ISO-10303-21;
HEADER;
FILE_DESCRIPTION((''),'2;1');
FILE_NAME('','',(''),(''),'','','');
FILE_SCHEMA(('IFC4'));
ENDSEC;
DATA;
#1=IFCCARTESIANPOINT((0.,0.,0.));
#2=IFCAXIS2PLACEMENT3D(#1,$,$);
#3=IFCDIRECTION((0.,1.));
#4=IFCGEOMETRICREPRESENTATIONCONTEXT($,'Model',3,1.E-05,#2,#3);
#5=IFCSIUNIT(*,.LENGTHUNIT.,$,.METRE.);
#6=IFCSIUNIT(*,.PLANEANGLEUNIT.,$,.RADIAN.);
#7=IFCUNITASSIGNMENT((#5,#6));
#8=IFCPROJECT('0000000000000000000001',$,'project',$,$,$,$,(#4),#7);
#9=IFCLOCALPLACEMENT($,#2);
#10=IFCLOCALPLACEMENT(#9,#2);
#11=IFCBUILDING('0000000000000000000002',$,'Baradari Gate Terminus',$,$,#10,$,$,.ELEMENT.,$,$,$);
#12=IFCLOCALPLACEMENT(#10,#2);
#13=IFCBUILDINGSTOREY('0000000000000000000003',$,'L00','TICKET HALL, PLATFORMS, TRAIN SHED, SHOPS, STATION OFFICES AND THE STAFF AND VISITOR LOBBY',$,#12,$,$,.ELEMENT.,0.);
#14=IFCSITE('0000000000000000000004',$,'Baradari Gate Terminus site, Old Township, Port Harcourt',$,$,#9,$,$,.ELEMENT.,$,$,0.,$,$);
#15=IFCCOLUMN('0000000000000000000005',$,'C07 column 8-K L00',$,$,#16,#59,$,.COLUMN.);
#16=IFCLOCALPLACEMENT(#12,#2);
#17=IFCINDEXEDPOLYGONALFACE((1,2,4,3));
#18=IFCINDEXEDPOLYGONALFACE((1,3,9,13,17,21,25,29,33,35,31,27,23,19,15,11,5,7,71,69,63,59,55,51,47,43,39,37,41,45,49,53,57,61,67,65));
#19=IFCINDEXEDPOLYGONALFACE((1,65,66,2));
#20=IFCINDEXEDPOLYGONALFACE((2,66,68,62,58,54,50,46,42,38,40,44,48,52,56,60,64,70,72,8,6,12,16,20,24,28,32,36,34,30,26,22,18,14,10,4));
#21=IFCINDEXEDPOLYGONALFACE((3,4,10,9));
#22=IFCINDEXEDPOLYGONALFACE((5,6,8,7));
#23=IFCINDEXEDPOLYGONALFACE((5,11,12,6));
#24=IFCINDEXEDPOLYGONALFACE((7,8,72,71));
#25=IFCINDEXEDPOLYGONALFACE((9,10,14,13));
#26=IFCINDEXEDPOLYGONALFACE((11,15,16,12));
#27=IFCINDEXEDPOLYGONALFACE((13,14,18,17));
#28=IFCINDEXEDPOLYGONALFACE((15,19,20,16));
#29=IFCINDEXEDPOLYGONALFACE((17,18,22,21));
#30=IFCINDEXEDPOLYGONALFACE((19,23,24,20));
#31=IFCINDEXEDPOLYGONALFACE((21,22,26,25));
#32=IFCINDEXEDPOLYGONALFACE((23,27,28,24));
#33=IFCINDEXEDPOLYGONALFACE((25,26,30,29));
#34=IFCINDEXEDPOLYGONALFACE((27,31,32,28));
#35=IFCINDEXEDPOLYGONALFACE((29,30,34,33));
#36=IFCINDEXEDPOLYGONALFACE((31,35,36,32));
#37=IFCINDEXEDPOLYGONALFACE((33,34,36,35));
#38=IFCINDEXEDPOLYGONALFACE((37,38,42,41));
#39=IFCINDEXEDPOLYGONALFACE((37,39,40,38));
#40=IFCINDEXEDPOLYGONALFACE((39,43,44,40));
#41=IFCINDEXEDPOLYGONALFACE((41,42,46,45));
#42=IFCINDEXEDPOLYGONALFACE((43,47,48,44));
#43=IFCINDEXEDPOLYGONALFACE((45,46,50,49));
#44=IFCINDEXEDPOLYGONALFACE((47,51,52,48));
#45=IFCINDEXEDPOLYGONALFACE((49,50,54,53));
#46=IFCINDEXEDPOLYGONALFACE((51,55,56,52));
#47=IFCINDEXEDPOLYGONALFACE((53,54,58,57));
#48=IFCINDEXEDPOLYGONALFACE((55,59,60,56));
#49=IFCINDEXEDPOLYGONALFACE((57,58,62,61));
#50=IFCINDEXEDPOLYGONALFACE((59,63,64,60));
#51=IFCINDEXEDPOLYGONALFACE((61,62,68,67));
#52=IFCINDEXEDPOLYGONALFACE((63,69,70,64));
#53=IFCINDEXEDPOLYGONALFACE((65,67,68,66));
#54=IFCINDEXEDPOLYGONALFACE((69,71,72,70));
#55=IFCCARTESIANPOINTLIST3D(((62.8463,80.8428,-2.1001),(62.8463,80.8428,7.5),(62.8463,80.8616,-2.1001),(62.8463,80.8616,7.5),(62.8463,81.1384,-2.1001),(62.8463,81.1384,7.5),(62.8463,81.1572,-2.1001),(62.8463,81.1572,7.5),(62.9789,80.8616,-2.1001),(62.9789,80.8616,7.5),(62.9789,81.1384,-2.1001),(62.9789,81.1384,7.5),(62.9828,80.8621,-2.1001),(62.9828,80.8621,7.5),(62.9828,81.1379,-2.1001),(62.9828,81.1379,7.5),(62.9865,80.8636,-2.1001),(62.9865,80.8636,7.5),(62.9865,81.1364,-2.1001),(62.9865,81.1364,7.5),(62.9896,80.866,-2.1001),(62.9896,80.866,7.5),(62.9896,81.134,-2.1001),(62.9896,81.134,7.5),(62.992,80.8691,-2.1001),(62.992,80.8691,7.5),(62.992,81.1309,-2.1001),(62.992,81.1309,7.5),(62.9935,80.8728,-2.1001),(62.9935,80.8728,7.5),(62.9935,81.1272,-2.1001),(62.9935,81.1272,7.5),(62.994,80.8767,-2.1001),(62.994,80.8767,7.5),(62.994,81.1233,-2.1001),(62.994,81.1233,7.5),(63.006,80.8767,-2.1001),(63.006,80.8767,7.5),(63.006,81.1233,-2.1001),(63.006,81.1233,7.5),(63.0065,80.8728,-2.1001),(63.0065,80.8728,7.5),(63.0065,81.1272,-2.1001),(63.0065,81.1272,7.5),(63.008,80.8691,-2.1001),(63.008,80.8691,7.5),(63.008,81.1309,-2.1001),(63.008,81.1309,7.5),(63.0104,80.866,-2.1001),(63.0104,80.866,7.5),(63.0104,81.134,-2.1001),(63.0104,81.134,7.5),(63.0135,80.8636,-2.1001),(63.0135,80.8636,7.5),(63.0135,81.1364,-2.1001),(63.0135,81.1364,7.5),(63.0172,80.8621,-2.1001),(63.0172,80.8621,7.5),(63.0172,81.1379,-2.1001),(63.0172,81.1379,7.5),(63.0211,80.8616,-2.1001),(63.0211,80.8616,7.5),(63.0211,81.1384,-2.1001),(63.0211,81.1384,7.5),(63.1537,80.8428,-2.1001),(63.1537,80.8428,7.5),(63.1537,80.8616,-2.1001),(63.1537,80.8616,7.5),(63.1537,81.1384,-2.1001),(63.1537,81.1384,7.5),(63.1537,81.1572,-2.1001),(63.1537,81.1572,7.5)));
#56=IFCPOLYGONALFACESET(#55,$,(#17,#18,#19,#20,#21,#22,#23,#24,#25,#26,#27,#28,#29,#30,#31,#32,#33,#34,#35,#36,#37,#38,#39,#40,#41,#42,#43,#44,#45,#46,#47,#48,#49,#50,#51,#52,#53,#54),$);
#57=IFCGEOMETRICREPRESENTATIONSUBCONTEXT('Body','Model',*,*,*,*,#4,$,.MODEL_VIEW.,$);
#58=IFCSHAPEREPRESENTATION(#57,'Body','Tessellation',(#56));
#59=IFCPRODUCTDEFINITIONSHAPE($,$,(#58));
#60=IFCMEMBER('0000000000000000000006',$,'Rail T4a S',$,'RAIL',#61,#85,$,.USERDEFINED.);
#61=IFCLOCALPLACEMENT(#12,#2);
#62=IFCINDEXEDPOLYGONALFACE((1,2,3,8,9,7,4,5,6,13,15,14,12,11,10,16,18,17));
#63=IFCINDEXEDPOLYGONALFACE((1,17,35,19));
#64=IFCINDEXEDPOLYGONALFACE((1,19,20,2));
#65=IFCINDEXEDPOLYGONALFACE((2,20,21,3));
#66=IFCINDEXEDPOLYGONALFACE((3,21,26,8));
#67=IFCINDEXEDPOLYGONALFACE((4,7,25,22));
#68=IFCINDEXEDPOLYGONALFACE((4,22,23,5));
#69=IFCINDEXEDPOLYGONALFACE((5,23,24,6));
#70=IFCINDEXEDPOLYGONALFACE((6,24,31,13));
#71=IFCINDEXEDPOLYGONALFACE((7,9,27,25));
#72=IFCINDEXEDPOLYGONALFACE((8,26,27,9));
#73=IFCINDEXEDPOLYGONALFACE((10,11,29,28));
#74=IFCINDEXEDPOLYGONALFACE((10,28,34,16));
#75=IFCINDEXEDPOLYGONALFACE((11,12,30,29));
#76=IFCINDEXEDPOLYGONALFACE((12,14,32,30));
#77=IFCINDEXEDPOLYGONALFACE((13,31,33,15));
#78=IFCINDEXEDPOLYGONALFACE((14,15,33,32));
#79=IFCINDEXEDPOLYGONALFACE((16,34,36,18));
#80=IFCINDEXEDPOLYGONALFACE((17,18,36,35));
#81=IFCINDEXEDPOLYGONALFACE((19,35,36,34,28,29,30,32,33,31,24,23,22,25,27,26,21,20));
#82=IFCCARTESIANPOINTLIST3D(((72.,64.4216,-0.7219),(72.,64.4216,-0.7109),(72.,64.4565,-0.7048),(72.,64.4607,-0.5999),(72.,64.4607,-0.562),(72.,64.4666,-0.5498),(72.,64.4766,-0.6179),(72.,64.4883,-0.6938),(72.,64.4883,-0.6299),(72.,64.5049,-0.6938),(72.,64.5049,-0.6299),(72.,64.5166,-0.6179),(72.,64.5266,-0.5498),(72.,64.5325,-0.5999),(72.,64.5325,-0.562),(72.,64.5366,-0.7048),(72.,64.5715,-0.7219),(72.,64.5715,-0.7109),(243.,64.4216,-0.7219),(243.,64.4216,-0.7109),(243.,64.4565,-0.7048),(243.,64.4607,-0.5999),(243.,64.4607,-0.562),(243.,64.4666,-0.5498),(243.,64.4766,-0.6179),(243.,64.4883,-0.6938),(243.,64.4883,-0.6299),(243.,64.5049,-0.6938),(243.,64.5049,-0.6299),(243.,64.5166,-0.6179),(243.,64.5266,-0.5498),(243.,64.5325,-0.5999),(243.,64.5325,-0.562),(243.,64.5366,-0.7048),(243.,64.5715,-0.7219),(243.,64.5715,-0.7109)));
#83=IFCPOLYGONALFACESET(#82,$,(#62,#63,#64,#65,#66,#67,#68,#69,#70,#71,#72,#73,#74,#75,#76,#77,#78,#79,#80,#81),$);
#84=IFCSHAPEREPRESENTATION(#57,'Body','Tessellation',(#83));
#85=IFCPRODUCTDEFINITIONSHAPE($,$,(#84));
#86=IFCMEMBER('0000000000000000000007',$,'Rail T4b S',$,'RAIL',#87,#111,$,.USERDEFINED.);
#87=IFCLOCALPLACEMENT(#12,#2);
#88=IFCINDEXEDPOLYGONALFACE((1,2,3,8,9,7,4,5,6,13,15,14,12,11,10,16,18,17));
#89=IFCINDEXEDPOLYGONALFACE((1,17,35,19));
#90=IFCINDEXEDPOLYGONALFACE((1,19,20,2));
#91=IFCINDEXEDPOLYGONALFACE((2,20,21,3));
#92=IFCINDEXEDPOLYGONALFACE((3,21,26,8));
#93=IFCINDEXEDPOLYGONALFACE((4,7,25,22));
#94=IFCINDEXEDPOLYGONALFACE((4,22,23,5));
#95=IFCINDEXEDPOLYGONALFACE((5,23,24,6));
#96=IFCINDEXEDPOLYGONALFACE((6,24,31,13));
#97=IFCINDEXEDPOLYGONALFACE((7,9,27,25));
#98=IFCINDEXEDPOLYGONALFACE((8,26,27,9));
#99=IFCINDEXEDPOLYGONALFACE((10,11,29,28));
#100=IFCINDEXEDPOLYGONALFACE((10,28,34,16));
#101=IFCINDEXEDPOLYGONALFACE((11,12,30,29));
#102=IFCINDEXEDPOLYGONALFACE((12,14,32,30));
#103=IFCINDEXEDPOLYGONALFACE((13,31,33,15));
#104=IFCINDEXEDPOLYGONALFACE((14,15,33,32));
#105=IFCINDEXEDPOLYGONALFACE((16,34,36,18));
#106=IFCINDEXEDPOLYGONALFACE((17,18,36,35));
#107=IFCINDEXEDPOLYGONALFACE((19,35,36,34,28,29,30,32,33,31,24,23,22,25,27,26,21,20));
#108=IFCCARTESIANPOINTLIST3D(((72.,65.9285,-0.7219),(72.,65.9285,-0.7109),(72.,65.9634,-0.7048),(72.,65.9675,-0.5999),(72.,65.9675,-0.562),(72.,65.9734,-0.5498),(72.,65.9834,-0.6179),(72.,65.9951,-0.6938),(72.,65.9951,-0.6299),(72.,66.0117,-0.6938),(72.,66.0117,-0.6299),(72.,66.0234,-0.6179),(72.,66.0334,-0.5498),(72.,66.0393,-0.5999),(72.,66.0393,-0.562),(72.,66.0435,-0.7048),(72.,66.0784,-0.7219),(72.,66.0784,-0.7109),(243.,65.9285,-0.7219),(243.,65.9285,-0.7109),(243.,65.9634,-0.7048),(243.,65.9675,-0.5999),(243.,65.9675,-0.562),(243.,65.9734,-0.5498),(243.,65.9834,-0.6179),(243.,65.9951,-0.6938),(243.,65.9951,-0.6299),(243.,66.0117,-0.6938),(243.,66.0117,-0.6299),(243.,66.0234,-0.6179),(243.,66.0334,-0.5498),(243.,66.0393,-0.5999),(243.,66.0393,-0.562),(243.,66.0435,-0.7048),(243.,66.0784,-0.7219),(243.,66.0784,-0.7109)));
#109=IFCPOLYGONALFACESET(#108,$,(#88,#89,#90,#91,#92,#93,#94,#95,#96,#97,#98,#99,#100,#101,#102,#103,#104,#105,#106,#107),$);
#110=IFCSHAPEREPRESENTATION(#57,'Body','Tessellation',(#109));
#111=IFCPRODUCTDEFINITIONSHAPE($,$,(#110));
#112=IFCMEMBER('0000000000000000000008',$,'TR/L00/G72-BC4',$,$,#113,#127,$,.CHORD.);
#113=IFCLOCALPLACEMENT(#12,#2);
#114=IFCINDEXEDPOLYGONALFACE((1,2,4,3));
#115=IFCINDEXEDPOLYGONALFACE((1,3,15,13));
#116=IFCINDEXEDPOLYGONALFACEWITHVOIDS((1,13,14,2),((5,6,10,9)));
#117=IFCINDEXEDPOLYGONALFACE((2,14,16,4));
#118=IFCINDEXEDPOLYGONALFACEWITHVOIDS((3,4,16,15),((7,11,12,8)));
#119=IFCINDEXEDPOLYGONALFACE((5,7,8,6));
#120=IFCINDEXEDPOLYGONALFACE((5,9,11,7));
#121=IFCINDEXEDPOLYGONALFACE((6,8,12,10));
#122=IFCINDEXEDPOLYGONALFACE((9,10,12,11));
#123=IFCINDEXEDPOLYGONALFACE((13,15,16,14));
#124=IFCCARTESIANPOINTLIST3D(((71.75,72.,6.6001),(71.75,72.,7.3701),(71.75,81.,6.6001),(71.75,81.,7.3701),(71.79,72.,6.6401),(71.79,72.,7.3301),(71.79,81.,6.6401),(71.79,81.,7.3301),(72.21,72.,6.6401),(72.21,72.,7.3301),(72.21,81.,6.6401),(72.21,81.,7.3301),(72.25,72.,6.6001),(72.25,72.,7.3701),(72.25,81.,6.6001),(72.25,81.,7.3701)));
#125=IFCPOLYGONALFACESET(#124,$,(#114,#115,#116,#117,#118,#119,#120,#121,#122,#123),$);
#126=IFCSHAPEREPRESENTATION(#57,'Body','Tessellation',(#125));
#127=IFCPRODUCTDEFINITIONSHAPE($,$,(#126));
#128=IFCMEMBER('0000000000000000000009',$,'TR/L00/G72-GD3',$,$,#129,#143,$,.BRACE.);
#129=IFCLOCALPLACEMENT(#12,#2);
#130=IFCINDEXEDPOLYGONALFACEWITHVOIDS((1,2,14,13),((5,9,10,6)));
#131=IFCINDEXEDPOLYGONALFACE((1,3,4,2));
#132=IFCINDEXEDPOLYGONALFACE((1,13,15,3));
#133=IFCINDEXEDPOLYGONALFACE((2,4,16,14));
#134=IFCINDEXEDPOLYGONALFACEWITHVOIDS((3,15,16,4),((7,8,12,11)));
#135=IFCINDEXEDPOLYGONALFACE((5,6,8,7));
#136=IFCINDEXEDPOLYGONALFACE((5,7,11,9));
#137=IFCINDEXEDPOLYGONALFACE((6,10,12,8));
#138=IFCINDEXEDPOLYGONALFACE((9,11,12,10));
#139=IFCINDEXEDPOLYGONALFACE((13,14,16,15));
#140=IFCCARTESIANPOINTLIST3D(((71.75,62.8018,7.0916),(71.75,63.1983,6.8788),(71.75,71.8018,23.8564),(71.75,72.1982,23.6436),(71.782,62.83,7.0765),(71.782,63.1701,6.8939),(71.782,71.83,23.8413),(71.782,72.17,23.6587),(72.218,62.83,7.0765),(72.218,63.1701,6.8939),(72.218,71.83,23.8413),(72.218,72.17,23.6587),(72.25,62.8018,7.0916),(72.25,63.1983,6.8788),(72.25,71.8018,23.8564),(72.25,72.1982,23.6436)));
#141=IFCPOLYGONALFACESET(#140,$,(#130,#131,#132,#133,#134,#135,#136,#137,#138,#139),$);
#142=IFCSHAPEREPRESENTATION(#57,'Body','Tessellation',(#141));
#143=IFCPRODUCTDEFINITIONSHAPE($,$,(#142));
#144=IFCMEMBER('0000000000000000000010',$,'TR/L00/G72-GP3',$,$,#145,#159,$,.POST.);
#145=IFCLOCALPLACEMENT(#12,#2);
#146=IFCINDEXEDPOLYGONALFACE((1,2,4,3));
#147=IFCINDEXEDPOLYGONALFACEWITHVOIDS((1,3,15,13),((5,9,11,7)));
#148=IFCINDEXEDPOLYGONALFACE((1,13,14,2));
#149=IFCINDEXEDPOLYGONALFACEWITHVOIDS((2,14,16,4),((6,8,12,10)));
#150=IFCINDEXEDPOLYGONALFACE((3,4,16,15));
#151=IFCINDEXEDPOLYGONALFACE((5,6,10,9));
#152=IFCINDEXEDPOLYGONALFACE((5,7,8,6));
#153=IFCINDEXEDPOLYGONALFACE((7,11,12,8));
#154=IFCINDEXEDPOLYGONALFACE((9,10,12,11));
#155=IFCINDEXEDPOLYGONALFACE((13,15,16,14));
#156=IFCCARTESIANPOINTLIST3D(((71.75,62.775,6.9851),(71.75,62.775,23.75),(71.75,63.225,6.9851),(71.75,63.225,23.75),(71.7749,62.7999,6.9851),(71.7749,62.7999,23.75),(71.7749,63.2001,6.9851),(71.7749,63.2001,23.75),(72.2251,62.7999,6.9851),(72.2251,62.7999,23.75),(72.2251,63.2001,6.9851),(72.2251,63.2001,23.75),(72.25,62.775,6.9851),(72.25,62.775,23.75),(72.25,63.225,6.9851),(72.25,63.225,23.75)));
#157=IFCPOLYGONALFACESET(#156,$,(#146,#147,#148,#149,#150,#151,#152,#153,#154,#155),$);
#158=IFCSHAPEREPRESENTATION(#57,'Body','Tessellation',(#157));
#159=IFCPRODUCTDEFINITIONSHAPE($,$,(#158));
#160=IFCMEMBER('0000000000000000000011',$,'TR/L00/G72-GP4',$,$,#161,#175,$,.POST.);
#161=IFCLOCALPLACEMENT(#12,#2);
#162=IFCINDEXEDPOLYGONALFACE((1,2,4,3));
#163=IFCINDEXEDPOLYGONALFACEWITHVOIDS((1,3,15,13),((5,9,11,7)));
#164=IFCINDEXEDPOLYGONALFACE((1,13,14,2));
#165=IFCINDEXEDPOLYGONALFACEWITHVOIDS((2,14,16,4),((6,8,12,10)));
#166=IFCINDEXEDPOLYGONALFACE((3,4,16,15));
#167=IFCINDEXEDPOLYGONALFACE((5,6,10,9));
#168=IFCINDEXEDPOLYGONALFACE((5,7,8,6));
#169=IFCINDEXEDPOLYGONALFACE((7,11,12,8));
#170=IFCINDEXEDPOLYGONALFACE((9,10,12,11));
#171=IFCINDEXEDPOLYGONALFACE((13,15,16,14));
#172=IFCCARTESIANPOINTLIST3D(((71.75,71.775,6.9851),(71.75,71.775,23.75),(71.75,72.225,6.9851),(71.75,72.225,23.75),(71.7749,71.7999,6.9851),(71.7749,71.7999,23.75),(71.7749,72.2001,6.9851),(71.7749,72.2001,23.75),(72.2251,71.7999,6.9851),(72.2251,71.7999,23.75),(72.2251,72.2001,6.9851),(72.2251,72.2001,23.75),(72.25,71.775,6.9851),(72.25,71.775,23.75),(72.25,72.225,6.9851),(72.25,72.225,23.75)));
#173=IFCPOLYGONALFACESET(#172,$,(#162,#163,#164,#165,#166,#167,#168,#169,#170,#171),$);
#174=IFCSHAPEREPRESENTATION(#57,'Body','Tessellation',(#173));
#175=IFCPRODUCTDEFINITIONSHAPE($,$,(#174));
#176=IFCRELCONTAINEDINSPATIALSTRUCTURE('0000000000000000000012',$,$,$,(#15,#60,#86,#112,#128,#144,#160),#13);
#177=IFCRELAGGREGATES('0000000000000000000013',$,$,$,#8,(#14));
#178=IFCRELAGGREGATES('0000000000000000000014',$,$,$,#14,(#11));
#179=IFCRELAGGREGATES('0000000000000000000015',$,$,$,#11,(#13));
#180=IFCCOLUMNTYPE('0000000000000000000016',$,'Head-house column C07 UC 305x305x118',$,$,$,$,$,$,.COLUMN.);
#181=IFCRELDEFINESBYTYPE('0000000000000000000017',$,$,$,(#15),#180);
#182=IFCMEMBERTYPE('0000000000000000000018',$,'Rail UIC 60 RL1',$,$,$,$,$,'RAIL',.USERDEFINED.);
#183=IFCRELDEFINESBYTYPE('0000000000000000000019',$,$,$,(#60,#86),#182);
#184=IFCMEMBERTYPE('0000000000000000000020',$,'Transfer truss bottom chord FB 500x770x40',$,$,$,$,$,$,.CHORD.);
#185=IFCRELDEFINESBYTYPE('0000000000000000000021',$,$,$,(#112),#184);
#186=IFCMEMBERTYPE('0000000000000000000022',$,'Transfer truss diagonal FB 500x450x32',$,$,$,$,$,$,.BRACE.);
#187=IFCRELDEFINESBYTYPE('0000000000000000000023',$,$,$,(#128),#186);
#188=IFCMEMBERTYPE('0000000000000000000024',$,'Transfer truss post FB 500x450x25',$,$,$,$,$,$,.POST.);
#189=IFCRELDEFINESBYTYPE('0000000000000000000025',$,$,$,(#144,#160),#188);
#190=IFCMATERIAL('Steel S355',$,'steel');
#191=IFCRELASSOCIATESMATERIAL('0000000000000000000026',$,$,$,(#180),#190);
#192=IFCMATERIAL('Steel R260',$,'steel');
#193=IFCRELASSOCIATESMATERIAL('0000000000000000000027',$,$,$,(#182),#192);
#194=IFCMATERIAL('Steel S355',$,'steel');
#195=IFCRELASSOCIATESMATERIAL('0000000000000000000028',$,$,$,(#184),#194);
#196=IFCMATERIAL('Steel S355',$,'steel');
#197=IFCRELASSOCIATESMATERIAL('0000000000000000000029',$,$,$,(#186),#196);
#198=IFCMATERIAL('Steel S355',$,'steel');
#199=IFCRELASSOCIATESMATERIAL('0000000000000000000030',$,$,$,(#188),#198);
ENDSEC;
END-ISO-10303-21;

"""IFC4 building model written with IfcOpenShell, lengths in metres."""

from ifc_helpers import new_model, si_unit, direction, frame, origin, origin_2d, place, context, subcontext, project, spatial, polyline, hollow_rectangle, i_section, outline, extrude, material, material_profile, profile_set, type_object, element, save


model = new_model("IFC4")

# Units and contexts
model_context = context("Model", 3, precision=1e-05, world=origin(), true_north=direction((0.0, 1.0)))
body_context = subcontext(model_context, "Body", "Model", "MODEL_VIEW")
ifc_project = project(units=[si_unit("LENGTHUNIT", "METRE"), si_unit("PLANEANGLEUNIT", "RADIAN")], contexts=[model_context])

# Site, building, storey
site_placement = place(None, origin())
site = spatial("IfcSite", under=ifc_project, at=site_placement, Name="Baradari Gate Terminus site, Old Township, Port Harcourt", CompositionType="ELEMENT", RefElevation=0.0)
building_placement = place(site_placement, origin())
building = spatial("IfcBuilding", under=site, at=building_placement, Name="Baradari Gate Terminus", CompositionType="ELEMENT")
storey_placement = place(building_placement, origin())
storey = spatial("IfcBuildingStorey", under=building, at=storey_placement, Name="L00", Description="TICKET HALL, PLATFORMS, TRAIN SHED, SHOPS, STATION OFFICES AND THE STAFF AND VISITOR LOBBY", CompositionType="ELEMENT", Elevation=0.0)

# Column
ifc_material_1 = material(Name="Steel S355", Category="steel")
ifc_material_profile_1 = material_profile(ifc_material_1, i_section(OverallWidth=0.3074, OverallDepth=0.3145, WebThickness=0.012, FlangeThickness=0.0188, FilletRadius=0.0151, at=origin_2d()), Name="UC 305x305x118")
ifc_profile_set_1 = profile_set([ifc_material_profile_1], Name="Steel S355")
column_type = type_object("IfcColumnType", Name="Head-house column C07 UC 305x305x118", PredefinedType="COLUMN", material=ifc_profile_set_1)
column_placement = place(storey_placement, frame((63.0, 81.0, -2.1001), z_axis=(0.0, 0.0, 1.0), x_axis=(1.0, 0.0, 0.0)))
element("IfcColumn", 1, at=column_placement, inside=storey, type_object=column_type, Name="C07 column 8-K L00", PredefinedType="COLUMN", context=body_context, shape_type="SweptSolid", body=[
    extrude(i_section(OverallWidth=0.3074, OverallDepth=0.3145, WebThickness=0.012, FlangeThickness=0.0188, FilletRadius=0.0151, at=origin_2d()), origin(), (0.0, 0.0, 1.0), 9.6001),
])

# Members
ifc_material_2 = material(Name="Steel R260", Category="steel")
ifc_material_profile_2 = material_profile(ifc_material_2, outline(polyline([(-0.075, 0.0), (0.075, 0.0), (0.075, 0.011), (0.04, 0.0171), (0.0083, 0.0281), (0.0083, 0.092), (0.02, 0.104), (0.0359, 0.1221), (0.0359, 0.1599), (0.03, 0.1721), (-0.03, 0.1721), (-0.0359, 0.1599), (-0.0359, 0.1221), (-0.02, 0.104), (-0.0083, 0.092), (-0.0083, 0.0281), (-0.04, 0.0171), (-0.075, 0.011), (-0.075, 0.0)])), Name="UIC 60 (60E1)")
ifc_profile_set_2 = profile_set([ifc_material_profile_2], Name="Steel R260")
member_type_1 = type_object("IfcMemberType", Name="Rail UIC 60 RL1", ElementType="RAIL", PredefinedType="USERDEFINED", material=ifc_profile_set_2)
for number, where, z_axis, x_axis, name in (
    (2, (72.0, 64.4966, -0.7219), (1.0, 0.0, 0.0), (0.0, 1.0, 0.0), "Rail T4a S"),
    (3, (72.0, 66.0034, -0.7219), (1.0, 0.0, 0.0), (0.0, 1.0, 0.0), "Rail T4b S"),
):
    element("IfcMember", number, at=place(storey_placement, frame(where, z_axis=z_axis, x_axis=x_axis)), inside=storey, type_object=member_type_1, Name=name, ObjectType="RAIL", PredefinedType="USERDEFINED", context=body_context, shape_type="SweptSolid", body=[
        extrude(outline(polyline([(-0.075, 0.0), (0.075, 0.0), (0.075, 0.011), (0.04, 0.0171), (0.0083, 0.0281), (0.0083, 0.092), (0.02, 0.104), (0.0359, 0.1221), (0.0359, 0.1599), (0.03, 0.1721), (-0.03, 0.1721), (-0.0359, 0.1599), (-0.0359, 0.1221), (-0.02, 0.104), (-0.0083, 0.092), (-0.0083, 0.0281), (-0.04, 0.0171), (-0.075, 0.011), (-0.075, 0.0)])), origin(), (0.0, 0.0, 1.0), 171.0),
    ])
ifc_material_3 = material(Name="Steel S355", Category="steel")
ifc_material_profile_3 = material_profile(ifc_material_3, hollow_rectangle(XDim=0.5, YDim=0.77, WallThickness=0.04, at=origin_2d()), Name="FB 500x770x40")
ifc_profile_set_3 = profile_set([ifc_material_profile_3], Name="Steel S355")
member_type_2 = type_object("IfcMemberType", Name="Transfer truss bottom chord FB 500x770x40", PredefinedType="CHORD", material=ifc_profile_set_3)
member_1_placement = place(storey_placement, frame((72.0, 72.0, 6.9851), z_axis=(0.0, 1.0, 0.0), x_axis=(-1.0, 0.0, 0.0)))
element("IfcMember", 4, at=member_1_placement, inside=storey, type_object=member_type_2, Name="TR/L00/G72-BC4", PredefinedType="CHORD", context=body_context, shape_type="SweptSolid", body=[
    extrude(hollow_rectangle(XDim=0.5, YDim=0.77, WallThickness=0.04, at=origin_2d()), origin(), (0.0, 0.0, 1.0), 9.0),
])
ifc_material_4 = material(Name="Steel S355", Category="steel")
ifc_material_profile_4 = material_profile(ifc_material_4, hollow_rectangle(XDim=0.5, YDim=0.45, WallThickness=0.032, at=origin_2d()), Name="FB 500x450x32")
ifc_profile_set_4 = profile_set([ifc_material_profile_4], Name="Steel S355")
member_type_3 = type_object("IfcMemberType", Name="Transfer truss diagonal FB 500x450x32", PredefinedType="BRACE", material=ifc_profile_set_4)
member_2_placement = place(storey_placement, frame((72.0, 72.0, 23.75), z_axis=(0.0, -0.472989, -0.881068), x_axis=(1.0, 0.0, 0.0)))
element("IfcMember", 5, at=member_2_placement, inside=storey, type_object=member_type_3, Name="TR/L00/G72-GD3", PredefinedType="BRACE", context=body_context, shape_type="SweptSolid", body=[
    extrude(hollow_rectangle(XDim=0.5, YDim=0.45, WallThickness=0.032, at=origin_2d()), origin(), (0.0, 0.0, 1.0), 19.0278),
])
ifc_material_5 = material(Name="Steel S355", Category="steel")
ifc_material_profile_5 = material_profile(ifc_material_5, hollow_rectangle(XDim=0.5, YDim=0.45, WallThickness=0.0249, at=origin_2d()), Name="FB 500x450x25")
ifc_profile_set_5 = profile_set([ifc_material_profile_5], Name="Steel S355")
member_type_4 = type_object("IfcMemberType", Name="Transfer truss post FB 500x450x25", PredefinedType="POST", material=ifc_profile_set_5)
for number, where, z_axis, x_axis, name in (
    (6, (72.0, 63.0, 6.9851), (0.0, 0.0, 1.0), (1.0, 0.0, 0.0), "TR/L00/G72-GP3"),
    (7, (72.0, 72.0, 6.9851), (0.0, 0.0, 1.0), (1.0, 0.0, 0.0), "TR/L00/G72-GP4"),
):
    element("IfcMember", number, at=place(storey_placement, frame(where, z_axis=z_axis, x_axis=x_axis)), inside=storey, type_object=member_type_4, Name=name, PredefinedType="POST", context=body_context, shape_type="SweptSolid", body=[
        extrude(hollow_rectangle(XDim=0.5, YDim=0.45, WallThickness=0.0249, at=origin_2d()), origin(), (0.0, 0.0, 1.0), 16.7649),
    ])

save(model, "model.ifc")
